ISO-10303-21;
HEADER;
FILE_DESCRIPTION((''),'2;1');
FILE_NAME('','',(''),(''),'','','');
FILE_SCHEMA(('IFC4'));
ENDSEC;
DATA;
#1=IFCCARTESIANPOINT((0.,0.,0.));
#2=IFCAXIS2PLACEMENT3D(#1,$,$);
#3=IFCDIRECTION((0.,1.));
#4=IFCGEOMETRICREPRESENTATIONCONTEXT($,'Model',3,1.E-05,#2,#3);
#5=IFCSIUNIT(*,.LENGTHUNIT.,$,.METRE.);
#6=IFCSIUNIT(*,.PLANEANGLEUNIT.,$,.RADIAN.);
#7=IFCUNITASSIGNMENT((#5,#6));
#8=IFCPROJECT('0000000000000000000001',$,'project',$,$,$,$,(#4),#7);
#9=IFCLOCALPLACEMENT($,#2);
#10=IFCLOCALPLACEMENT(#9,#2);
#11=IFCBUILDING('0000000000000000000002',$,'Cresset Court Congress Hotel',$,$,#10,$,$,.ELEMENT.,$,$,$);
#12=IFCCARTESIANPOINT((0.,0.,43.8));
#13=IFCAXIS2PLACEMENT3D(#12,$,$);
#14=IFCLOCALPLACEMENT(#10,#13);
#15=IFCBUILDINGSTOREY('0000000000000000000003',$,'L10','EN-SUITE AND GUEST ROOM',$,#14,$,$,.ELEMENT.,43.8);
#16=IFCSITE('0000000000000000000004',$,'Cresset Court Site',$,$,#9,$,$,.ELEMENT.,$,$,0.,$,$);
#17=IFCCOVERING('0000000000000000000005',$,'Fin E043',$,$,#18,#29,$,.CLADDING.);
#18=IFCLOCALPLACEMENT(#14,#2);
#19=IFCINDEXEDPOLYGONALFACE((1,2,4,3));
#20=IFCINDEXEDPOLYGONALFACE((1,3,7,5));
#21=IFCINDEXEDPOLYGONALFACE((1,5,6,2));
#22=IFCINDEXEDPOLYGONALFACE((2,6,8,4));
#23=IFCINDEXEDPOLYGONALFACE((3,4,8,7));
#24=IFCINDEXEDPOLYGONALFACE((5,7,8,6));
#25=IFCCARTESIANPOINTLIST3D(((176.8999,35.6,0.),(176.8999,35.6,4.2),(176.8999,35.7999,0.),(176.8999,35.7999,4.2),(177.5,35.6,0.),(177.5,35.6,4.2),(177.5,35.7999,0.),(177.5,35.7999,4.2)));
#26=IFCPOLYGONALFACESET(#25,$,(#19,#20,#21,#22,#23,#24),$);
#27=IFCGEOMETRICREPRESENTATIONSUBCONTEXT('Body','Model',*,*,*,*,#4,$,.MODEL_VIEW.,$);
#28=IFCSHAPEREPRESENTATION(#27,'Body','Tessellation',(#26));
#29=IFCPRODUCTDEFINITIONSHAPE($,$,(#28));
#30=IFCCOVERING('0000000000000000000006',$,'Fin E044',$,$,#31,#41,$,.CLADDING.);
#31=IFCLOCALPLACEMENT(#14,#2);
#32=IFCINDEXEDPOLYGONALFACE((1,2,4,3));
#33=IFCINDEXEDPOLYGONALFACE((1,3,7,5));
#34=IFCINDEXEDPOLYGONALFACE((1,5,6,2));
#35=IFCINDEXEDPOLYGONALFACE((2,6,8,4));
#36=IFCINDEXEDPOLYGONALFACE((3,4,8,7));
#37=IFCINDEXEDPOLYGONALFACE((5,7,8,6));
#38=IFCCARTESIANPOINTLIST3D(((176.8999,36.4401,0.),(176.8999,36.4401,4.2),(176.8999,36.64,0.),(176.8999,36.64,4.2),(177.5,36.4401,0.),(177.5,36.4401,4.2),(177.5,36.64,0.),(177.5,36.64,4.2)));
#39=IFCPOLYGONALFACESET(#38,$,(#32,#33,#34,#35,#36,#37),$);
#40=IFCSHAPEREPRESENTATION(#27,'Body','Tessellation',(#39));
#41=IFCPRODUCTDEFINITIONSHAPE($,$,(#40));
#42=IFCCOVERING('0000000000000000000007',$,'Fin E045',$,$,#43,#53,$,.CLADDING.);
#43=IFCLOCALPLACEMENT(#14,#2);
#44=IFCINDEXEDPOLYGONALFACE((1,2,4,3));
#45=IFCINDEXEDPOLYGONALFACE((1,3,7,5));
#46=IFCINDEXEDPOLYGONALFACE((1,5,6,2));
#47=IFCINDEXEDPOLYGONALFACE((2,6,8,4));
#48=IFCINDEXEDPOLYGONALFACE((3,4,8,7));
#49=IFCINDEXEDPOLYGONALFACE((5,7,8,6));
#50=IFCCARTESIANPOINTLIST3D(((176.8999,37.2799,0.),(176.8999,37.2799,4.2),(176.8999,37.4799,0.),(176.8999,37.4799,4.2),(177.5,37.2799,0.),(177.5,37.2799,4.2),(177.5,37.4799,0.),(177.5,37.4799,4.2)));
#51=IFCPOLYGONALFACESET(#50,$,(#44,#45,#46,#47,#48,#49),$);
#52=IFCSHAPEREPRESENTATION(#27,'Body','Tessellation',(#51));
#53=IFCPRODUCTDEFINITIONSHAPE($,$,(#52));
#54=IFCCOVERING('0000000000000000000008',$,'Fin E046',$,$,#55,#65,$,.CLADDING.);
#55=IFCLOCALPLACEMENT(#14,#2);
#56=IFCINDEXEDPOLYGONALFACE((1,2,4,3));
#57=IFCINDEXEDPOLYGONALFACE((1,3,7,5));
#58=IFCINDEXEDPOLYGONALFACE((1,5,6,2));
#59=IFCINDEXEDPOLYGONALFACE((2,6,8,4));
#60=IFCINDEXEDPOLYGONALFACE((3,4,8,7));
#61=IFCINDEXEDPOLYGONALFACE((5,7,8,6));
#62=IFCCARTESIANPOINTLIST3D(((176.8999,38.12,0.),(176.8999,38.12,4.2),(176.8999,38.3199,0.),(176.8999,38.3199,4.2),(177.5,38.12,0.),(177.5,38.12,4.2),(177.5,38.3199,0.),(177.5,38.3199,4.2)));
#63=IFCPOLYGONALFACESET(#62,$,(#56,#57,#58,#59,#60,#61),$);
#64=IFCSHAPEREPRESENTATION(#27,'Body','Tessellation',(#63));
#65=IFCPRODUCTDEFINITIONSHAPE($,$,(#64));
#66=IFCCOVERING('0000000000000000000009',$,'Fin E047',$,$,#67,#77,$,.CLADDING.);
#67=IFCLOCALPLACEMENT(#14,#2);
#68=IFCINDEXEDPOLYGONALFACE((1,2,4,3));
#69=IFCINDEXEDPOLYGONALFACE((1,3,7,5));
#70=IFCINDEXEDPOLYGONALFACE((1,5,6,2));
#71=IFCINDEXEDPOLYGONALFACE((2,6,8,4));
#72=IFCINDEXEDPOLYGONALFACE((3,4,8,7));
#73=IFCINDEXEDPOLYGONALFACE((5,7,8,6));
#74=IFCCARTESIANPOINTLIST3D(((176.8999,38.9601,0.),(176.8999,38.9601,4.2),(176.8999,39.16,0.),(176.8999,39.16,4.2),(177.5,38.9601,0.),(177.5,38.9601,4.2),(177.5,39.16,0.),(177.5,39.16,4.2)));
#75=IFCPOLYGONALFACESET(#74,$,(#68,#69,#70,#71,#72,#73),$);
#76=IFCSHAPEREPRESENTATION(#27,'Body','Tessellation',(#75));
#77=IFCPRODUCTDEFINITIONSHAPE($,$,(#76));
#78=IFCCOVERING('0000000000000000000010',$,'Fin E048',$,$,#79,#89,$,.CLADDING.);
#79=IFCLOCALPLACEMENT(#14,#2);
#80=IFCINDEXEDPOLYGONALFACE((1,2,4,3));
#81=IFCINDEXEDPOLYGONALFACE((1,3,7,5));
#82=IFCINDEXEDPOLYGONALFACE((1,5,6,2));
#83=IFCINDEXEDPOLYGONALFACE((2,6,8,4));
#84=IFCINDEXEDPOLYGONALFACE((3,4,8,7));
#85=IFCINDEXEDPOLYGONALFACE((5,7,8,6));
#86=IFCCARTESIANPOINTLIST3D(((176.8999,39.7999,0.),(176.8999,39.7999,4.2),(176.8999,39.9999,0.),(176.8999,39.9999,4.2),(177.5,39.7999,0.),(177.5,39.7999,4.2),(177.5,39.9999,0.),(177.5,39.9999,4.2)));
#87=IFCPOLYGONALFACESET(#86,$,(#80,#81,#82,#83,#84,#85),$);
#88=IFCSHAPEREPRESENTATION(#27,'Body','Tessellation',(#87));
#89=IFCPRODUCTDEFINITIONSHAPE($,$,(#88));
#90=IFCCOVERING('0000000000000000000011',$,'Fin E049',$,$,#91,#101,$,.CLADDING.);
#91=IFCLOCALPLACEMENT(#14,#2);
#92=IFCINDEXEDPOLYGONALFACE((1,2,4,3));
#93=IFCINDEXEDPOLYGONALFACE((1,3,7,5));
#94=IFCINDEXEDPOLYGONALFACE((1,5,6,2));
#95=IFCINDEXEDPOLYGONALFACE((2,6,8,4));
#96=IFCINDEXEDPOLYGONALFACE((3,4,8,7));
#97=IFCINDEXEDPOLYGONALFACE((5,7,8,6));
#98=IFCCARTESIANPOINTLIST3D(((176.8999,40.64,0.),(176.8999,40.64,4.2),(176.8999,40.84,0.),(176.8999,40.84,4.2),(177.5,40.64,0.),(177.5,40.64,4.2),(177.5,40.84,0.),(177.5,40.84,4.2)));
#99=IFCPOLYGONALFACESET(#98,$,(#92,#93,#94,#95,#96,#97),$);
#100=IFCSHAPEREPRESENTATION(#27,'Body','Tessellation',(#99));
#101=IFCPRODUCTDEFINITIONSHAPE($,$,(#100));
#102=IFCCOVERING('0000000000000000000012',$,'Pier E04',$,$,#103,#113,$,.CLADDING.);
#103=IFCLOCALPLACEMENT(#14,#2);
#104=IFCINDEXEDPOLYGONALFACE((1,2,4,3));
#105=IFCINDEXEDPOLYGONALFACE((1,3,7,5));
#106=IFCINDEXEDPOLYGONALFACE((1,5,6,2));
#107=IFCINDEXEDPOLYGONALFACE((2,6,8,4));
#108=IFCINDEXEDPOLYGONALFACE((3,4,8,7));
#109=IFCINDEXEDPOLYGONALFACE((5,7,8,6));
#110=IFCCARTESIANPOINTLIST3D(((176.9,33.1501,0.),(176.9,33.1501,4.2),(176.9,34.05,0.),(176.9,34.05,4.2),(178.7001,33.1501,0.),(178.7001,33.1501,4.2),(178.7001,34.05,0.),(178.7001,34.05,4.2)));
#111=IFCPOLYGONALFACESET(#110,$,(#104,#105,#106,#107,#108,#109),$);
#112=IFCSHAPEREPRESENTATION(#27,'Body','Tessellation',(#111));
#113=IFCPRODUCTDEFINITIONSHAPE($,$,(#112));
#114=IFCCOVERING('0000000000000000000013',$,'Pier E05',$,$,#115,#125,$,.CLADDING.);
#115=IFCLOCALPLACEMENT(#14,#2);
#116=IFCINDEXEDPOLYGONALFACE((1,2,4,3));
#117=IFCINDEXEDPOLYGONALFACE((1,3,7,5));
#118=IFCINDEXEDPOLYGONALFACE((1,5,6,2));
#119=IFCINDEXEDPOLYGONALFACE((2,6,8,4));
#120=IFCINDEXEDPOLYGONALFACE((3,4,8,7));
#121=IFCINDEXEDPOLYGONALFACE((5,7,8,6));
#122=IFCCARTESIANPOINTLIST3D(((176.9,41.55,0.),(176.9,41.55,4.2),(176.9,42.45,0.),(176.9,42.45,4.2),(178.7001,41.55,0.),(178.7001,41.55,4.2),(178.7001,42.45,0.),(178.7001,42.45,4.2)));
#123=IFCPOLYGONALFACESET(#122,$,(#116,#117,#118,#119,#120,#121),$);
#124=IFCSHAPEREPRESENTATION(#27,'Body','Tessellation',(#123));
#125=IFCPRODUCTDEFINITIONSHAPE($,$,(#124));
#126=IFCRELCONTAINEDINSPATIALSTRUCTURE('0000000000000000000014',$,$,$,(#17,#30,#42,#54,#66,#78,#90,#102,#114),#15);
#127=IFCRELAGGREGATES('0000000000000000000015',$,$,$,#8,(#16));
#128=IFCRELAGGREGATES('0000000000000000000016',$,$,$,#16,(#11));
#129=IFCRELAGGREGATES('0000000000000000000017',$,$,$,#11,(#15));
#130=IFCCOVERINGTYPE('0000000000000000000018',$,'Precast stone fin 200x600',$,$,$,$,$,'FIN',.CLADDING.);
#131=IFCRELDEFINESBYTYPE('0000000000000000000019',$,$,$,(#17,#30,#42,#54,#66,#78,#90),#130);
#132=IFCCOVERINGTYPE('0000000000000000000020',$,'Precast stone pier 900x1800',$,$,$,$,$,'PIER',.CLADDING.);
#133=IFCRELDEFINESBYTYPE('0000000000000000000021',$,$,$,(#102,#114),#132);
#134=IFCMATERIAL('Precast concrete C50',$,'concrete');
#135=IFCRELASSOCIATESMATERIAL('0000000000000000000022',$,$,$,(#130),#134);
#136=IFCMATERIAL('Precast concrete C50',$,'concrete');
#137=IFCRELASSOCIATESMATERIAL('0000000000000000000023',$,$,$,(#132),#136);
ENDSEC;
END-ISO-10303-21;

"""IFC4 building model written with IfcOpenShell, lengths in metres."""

from ifc_helpers import new_model, si_unit, direction, frame, origin, origin_2d, place, context, subcontext, project, spatial, rectangle, extrude, material, type_object, element, save


model = new_model("IFC4")

# Units and contexts
model_context = context("Model", 3, precision=1e-05, world=origin(), true_north=direction((0.0, 1.0)))
body_context = subcontext(model_context, "Body", "Model", "MODEL_VIEW")
ifc_project = project(units=[si_unit("LENGTHUNIT", "METRE"), si_unit("PLANEANGLEUNIT", "RADIAN")], contexts=[model_context])

# Site, building, storey
site_placement = place(None, origin())
site = spatial("IfcSite", under=ifc_project, at=site_placement, Name="Cresset Court Site", CompositionType="ELEMENT", RefElevation=0.0)
building_placement = place(site_placement, origin())
building = spatial("IfcBuilding", under=site, at=building_placement, Name="Cresset Court Congress Hotel", CompositionType="ELEMENT")
storey_placement = place(building_placement, frame((0.0, 0.0, 43.8)))
storey = spatial("IfcBuildingStorey", under=building, at=storey_placement, Name="L10", Description="EN-SUITE AND GUEST ROOM", CompositionType="ELEMENT", Elevation=43.8)

# Coverings
ifc_material_1 = material(Name="Precast concrete C50", Category="concrete")
covering_type_1 = type_object("IfcCoveringType", Name="Precast stone fin 200x600", ElementType="FIN", PredefinedType="CLADDING", material=ifc_material_1)
for number, where, z_axis, x_axis, name in (
    (1, (177.2, 35.7, 0.0), (0.0, 0.0, 1.0), (1.0, 0.0, 0.0), "Fin E043"),
    (2, (177.2, 36.54, 0.0), (0.0, 0.0, 1.0), (1.0, 0.0, 0.0), "Fin E044"),
    (3, (177.2, 37.3799, 0.0), (0.0, 0.0, 1.0), (1.0, 0.0, 0.0), "Fin E045"),
    (4, (177.2, 38.22, 0.0), (0.0, 0.0, 1.0), (1.0, 0.0, 0.0), "Fin E046"),
    (5, (177.2, 39.0601, 0.0), (0.0, 0.0, 1.0), (1.0, 0.0, 0.0), "Fin E047"),
    (6, (177.2, 39.8999, 0.0), (0.0, 0.0, 1.0), (1.0, 0.0, 0.0), "Fin E048"),
    (7, (177.2, 40.74, 0.0), (0.0, 0.0, 1.0), (1.0, 0.0, 0.0), "Fin E049"),
):
    element("IfcCovering", number, at=place(storey_placement, frame(where, z_axis=z_axis, x_axis=x_axis)), inside=storey, type_object=covering_type_1, Name=name, PredefinedType="CLADDING", context=body_context, shape_type="SweptSolid", body=[
        extrude(rectangle(XDim=0.6001, YDim=0.2, at=origin_2d()), origin(), (0.0, 0.0, 1.0), 4.2),
    ])
ifc_material_2 = material(Name="Precast concrete C50", Category="concrete")
covering_type_2 = type_object("IfcCoveringType", Name="Precast stone pier 900x1800", ElementType="PIER", PredefinedType="CLADDING", material=ifc_material_2)
for number, where, z_axis, x_axis, name in (
    (8, (177.8, 33.6001, 0.0), (0.0, 0.0, 1.0), (1.0, 0.0, 0.0), "Pier E04"),
    (9, (177.8, 42.0, 0.0), (0.0, 0.0, 1.0), (1.0, 0.0, 0.0), "Pier E05"),
):
    element("IfcCovering", number, at=place(storey_placement, frame(where, z_axis=z_axis, x_axis=x_axis)), inside=storey, type_object=covering_type_2, Name=name, PredefinedType="CLADDING", context=body_context, shape_type="SweptSolid", body=[
        extrude(rectangle(XDim=1.8, YDim=0.8999, at=origin_2d()), origin(), (0.0, 0.0, 1.0), 4.2),
    ])

save(model, "model.ifc")
